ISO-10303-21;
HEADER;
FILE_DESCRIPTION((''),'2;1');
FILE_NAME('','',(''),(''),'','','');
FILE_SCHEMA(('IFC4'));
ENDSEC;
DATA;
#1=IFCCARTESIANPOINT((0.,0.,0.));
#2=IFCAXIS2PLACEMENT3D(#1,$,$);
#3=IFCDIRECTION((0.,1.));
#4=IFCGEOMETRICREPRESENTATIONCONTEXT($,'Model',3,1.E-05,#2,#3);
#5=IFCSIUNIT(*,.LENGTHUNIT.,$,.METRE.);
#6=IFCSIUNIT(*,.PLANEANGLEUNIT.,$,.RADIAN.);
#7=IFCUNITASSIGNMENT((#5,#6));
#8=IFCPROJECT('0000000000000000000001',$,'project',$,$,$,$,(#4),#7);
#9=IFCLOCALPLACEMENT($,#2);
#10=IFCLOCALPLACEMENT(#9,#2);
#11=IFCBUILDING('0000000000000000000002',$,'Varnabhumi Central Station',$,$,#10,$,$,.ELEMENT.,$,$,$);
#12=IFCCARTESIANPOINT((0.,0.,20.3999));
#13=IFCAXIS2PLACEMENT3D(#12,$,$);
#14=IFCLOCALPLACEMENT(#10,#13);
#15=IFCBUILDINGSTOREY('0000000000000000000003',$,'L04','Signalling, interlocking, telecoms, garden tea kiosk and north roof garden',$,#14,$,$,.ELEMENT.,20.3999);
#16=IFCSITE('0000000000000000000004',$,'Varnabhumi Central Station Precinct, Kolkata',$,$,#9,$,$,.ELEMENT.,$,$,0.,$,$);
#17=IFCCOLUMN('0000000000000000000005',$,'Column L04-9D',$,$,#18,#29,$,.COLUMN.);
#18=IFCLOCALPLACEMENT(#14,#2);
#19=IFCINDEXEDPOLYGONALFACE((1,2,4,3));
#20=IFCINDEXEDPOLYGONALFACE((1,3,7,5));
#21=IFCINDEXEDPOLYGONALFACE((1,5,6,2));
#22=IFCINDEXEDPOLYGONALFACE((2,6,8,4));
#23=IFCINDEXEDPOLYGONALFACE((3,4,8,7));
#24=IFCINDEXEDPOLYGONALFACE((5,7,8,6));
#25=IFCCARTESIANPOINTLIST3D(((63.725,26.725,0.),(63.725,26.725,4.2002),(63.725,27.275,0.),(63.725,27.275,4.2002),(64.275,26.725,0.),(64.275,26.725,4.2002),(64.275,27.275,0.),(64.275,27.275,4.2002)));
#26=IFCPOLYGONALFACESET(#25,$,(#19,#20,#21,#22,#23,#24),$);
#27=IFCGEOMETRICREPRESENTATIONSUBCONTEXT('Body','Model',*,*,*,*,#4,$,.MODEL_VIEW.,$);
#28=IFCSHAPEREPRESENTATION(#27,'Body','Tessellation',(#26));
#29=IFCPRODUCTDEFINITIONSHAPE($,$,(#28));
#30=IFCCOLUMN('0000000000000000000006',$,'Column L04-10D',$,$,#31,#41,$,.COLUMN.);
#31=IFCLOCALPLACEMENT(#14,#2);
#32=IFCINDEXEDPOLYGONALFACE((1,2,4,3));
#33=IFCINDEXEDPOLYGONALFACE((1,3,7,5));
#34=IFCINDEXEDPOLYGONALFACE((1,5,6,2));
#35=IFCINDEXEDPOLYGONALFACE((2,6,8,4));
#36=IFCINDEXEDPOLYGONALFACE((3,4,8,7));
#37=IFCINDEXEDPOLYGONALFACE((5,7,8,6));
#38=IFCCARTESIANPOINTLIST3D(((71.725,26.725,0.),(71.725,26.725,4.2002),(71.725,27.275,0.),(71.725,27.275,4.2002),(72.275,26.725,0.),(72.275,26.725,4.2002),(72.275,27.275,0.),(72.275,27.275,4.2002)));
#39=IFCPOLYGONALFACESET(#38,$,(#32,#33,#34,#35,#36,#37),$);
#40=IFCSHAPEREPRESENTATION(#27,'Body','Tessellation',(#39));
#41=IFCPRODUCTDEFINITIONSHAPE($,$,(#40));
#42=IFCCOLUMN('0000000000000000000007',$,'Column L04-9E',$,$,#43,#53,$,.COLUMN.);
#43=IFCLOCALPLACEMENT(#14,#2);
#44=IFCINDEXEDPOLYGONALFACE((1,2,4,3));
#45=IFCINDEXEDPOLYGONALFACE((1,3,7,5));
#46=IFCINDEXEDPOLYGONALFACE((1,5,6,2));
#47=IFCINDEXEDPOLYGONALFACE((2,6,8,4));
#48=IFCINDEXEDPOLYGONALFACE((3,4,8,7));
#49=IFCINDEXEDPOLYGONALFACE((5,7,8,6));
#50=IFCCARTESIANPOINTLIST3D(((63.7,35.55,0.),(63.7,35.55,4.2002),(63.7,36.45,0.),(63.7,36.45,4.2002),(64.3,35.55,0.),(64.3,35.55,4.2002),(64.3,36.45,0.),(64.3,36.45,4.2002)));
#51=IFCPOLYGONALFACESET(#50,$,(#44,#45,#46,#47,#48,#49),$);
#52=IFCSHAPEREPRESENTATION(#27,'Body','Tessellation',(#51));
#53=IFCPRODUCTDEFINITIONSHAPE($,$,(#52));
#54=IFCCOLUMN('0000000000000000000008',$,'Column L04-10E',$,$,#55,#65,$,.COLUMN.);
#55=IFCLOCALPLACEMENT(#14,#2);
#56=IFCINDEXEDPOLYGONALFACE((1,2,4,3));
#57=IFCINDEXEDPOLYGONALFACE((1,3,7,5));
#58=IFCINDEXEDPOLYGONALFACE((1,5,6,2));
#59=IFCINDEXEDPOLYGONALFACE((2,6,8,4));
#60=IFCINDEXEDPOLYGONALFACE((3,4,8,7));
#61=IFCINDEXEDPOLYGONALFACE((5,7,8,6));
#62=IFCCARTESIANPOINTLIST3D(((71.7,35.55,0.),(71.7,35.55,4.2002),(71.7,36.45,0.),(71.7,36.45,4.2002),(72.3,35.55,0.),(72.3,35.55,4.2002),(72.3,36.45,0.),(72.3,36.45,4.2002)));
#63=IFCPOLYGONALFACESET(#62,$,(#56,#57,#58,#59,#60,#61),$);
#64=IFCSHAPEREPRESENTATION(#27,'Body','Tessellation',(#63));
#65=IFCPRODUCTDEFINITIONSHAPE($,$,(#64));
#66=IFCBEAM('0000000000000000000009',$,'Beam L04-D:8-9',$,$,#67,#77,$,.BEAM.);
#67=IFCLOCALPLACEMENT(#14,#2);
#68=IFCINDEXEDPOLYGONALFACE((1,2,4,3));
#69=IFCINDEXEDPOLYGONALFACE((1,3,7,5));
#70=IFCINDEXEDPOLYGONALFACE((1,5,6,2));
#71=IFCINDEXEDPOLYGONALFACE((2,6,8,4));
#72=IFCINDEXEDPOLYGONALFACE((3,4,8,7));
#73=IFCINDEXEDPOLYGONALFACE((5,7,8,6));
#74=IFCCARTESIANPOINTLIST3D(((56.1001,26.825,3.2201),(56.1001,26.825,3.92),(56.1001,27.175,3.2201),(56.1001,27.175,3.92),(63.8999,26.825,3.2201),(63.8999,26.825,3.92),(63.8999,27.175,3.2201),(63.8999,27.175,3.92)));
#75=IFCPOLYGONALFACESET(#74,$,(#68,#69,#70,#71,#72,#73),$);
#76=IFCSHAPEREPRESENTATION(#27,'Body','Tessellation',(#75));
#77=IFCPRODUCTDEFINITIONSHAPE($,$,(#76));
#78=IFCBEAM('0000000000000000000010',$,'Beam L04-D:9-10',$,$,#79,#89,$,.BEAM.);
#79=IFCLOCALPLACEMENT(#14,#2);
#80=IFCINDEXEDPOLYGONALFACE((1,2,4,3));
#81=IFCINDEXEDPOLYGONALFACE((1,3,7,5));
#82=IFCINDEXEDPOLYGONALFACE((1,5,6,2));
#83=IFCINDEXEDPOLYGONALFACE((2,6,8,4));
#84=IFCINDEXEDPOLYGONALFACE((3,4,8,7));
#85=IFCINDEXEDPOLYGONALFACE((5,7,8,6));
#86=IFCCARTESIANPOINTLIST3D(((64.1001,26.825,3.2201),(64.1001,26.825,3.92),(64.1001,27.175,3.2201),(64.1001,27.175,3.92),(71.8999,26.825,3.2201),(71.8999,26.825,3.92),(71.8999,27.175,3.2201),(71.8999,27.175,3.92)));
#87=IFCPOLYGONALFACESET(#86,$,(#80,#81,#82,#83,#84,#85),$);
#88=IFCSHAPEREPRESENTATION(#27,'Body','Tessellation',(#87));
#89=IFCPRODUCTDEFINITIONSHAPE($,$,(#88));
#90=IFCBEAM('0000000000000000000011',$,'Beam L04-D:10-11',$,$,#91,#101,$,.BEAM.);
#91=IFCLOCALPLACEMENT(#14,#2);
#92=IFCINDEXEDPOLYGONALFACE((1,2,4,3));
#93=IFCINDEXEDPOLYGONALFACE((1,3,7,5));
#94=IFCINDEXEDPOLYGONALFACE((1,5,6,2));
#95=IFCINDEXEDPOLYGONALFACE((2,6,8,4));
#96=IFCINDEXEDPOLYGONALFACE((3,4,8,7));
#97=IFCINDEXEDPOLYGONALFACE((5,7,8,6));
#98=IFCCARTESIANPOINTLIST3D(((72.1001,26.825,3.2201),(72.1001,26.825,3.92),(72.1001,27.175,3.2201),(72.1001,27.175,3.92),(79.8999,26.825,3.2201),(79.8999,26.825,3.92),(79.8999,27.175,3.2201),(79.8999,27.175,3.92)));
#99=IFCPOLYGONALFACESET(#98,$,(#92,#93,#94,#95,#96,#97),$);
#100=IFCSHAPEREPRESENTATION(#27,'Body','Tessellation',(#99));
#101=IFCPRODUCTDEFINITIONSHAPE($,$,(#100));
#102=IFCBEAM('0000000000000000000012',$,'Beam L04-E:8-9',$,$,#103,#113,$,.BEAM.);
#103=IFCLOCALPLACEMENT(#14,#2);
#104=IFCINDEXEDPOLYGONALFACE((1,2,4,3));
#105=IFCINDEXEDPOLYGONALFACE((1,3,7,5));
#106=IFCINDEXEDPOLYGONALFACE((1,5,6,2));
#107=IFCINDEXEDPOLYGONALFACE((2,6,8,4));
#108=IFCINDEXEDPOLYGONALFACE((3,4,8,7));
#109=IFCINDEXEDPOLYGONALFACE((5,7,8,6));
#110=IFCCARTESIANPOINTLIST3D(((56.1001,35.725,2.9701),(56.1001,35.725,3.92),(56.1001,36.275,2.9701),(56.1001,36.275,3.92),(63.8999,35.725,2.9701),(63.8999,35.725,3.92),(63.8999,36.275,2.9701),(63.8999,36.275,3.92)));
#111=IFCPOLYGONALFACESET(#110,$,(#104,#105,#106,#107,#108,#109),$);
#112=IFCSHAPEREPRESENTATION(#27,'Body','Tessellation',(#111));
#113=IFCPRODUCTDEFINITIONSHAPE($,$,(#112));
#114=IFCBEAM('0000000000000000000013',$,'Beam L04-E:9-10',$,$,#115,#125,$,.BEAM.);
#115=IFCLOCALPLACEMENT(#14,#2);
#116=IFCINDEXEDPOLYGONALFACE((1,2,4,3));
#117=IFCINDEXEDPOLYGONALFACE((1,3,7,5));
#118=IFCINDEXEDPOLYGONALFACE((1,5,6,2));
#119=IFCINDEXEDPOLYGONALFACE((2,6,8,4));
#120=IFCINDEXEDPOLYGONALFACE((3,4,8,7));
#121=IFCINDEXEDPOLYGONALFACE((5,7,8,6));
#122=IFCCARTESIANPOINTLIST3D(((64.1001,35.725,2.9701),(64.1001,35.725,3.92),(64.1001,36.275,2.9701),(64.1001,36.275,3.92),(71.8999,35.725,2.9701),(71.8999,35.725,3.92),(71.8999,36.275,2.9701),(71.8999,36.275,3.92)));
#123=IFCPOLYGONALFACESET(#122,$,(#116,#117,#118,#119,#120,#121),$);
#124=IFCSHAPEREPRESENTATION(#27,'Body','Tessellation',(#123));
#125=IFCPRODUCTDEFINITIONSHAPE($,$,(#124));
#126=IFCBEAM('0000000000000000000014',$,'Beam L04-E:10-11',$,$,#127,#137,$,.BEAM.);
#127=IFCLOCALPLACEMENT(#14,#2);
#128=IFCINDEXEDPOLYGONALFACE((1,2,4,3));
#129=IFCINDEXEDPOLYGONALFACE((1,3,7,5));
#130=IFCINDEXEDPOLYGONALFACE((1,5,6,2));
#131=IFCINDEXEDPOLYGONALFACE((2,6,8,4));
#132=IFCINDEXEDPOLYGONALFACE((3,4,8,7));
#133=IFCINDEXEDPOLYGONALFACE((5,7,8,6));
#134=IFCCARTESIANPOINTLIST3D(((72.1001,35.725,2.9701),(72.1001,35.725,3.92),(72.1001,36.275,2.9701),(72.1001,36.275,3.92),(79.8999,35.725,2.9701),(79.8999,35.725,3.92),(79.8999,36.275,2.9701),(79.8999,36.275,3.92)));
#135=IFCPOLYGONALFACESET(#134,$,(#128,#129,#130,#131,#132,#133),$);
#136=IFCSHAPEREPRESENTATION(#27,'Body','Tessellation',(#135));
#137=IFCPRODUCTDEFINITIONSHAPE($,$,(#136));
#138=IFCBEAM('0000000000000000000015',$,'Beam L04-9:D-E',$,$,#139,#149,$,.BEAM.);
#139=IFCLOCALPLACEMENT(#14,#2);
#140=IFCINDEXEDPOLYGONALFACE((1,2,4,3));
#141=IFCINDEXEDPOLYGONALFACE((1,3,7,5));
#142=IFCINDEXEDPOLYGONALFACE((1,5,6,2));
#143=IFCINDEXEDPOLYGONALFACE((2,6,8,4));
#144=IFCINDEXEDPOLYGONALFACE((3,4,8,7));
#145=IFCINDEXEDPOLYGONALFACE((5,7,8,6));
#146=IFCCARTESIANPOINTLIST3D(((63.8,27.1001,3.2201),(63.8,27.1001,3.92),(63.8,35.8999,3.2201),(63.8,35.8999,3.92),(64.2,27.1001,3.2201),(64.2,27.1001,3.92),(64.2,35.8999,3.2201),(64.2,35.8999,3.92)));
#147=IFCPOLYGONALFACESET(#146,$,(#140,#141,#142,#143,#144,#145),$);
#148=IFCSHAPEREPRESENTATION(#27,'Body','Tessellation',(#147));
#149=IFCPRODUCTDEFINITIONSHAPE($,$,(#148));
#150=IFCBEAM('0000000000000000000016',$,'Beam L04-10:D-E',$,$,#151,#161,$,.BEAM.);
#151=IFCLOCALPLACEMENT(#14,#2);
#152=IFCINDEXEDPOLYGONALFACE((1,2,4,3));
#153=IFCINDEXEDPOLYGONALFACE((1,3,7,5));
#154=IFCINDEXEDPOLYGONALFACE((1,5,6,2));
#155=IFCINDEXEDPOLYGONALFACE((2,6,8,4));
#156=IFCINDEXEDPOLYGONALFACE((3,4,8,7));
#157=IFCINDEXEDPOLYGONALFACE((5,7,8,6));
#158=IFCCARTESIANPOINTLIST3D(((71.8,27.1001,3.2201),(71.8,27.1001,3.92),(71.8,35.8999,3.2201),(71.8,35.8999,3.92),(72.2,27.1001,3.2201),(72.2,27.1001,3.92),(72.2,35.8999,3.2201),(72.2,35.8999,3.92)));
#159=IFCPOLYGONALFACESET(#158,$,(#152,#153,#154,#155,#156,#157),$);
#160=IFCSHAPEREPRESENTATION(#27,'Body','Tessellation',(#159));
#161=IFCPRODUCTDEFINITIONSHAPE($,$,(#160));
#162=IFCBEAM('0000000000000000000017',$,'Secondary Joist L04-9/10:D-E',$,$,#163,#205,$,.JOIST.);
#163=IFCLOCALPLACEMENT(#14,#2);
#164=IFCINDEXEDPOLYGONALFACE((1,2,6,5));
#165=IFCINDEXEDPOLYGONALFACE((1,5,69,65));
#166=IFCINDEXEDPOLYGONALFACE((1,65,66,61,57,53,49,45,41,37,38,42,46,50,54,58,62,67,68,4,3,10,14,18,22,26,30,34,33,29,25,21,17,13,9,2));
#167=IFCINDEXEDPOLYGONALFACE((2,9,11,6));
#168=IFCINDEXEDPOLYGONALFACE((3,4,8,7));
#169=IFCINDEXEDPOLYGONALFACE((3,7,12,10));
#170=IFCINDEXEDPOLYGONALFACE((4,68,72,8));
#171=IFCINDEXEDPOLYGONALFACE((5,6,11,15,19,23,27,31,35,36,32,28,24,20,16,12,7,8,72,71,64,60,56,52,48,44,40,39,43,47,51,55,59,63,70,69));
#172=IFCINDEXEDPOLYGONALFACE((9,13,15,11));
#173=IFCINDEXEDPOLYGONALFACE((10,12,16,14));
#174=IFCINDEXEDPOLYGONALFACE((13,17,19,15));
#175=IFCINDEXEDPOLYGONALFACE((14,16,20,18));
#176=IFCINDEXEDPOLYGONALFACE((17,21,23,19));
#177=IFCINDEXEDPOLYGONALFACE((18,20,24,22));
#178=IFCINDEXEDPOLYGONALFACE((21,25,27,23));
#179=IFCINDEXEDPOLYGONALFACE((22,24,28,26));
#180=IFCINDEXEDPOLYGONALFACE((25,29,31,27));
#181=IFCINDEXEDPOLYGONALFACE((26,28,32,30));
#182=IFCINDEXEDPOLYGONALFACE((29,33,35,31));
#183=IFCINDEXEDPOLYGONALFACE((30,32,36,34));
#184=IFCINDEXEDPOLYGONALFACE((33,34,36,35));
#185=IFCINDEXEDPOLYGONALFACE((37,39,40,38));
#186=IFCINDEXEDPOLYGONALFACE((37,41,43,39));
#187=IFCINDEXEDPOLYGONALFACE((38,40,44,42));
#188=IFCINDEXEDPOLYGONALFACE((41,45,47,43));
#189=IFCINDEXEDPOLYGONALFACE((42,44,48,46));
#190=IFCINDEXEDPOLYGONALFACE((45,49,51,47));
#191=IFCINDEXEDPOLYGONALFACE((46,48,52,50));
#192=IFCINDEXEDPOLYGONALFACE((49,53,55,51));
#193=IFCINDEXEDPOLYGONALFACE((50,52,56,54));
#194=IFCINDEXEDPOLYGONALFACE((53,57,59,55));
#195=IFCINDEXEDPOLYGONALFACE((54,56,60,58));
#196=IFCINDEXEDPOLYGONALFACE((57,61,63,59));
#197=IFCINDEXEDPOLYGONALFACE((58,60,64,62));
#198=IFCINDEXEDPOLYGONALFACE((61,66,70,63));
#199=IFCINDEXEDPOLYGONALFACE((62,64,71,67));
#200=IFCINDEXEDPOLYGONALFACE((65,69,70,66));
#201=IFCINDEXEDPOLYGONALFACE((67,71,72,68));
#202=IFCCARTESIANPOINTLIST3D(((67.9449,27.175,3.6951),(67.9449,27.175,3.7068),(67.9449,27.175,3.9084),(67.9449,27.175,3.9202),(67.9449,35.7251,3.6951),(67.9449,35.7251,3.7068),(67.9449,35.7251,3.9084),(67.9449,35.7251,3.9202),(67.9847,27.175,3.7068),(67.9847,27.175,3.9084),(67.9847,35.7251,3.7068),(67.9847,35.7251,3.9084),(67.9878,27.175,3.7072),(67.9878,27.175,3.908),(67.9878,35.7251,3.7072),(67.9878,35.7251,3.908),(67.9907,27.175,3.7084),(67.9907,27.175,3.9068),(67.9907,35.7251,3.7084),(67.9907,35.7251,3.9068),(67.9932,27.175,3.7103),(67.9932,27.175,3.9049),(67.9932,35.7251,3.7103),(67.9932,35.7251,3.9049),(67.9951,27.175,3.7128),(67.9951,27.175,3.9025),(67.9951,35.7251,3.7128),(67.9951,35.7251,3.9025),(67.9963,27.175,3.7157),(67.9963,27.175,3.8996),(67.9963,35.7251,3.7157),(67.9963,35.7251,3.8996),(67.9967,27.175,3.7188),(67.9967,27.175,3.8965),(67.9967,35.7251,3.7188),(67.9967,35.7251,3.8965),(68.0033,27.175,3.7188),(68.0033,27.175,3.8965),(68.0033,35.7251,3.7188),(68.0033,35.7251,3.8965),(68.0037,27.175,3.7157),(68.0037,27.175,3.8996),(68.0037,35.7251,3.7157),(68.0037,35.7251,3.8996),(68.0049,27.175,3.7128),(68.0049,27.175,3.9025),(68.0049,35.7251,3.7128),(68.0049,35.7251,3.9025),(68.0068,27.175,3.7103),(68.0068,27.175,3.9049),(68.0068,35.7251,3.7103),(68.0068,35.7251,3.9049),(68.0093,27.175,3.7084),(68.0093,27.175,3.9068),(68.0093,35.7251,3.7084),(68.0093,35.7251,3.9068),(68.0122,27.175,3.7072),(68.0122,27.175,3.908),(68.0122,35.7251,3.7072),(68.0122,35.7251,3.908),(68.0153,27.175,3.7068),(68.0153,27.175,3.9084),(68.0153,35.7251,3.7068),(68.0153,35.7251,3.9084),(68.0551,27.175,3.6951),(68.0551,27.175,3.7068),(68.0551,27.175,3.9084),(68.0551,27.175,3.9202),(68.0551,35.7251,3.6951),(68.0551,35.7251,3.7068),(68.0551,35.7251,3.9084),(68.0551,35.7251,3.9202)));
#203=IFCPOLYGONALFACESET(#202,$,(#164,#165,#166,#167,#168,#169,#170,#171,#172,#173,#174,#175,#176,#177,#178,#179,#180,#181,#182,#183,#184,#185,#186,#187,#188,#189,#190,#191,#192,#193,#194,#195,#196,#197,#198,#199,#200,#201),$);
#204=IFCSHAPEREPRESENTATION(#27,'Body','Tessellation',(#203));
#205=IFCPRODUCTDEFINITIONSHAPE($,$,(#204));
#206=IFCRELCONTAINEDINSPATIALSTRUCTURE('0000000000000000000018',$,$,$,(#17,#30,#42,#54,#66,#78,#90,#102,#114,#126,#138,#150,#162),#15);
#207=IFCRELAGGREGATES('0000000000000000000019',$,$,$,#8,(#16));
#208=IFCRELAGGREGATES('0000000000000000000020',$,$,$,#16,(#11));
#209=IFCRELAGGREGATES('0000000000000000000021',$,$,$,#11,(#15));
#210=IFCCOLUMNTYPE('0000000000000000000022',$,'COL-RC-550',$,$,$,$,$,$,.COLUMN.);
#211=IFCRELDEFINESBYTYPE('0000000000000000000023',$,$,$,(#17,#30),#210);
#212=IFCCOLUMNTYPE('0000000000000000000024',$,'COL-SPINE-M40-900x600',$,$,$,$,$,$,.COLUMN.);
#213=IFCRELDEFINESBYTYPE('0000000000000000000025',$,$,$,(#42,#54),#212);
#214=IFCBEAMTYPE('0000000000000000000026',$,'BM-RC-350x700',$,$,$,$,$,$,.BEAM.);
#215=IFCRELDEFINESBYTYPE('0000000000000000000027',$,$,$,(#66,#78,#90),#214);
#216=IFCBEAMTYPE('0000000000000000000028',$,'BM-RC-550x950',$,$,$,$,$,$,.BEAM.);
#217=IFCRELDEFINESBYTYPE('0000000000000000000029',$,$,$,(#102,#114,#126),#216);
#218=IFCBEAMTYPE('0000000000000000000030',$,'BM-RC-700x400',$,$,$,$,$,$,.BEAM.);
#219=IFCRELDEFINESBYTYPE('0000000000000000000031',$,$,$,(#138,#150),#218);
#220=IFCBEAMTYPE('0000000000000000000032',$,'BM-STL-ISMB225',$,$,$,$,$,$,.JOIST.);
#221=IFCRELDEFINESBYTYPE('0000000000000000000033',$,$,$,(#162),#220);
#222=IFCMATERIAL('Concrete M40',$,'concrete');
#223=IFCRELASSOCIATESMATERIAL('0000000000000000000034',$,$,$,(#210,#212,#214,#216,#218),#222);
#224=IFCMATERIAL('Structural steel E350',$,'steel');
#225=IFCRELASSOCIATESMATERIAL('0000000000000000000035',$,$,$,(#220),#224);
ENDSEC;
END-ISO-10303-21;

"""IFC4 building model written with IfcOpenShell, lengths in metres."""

from ifc_helpers import new_model, si_unit, direction, frame, origin, origin_2d, place, context, subcontext, project, spatial, rectangle, i_section, extrude, material, material_profile, profile_set, type_object, element, save


model = new_model("IFC4")

# Units and contexts
model_context = context("Model", 3, precision=1e-05, world=origin(), true_north=direction((0.0, 1.0)))
body_context = subcontext(model_context, "Body", "Model", "MODEL_VIEW")
ifc_project = project(units=[si_unit("LENGTHUNIT", "METRE"), si_unit("PLANEANGLEUNIT", "RADIAN")], contexts=[model_context])

# Site, building, storey
site_placement = place(None, origin())
site = spatial("IfcSite", under=ifc_project, at=site_placement, Name="Varnabhumi Central Station Precinct, Kolkata", CompositionType="ELEMENT", RefElevation=0.0)
building_placement = place(site_placement, origin())
building = spatial("IfcBuilding", under=site, at=building_placement, Name="Varnabhumi Central Station", CompositionType="ELEMENT")
storey_placement = place(building_placement, frame((0.0, 0.0, 20.3999)))
storey = spatial("IfcBuildingStorey", under=building, at=storey_placement, Name="L04", Description="Signalling, interlocking, telecoms, garden tea kiosk and north roof garden", CompositionType="ELEMENT", Elevation=20.3999)

# Columns
ifc_material_1 = material(Name="Concrete M40", Category="concrete")
ifc_material_profile_1 = material_profile(ifc_material_1, rectangle(XDim=0.55, YDim=0.55, at=origin_2d()), Name="Concrete M40", Category="concrete")
ifc_profile_set_1 = profile_set([ifc_material_profile_1], Name="Concrete M40")
column_type_1 = type_object("IfcColumnType", Name="COL-RC-550", PredefinedType="COLUMN", material=ifc_profile_set_1)
for number, where, z_axis, x_axis, name in (
    (1, (64.0, 27.0, 0.0), (0.0, 0.0, 1.0), (1.0, 0.0, 0.0), "Column L04-9D"),
    (2, (72.0, 27.0, 0.0), (0.0, 0.0, 1.0), (1.0, 0.0, 0.0), "Column L04-10D"),
):
    element("IfcColumn", number, at=place(storey_placement, frame(where, z_axis=z_axis, x_axis=x_axis)), inside=storey, type_object=column_type_1, Name=name, PredefinedType="COLUMN", context=body_context, shape_type="SweptSolid", body=[
        extrude(rectangle(XDim=0.55, YDim=0.55, at=origin_2d()), origin(), (0.0, 0.0, 1.0), 4.2002),
    ])
ifc_material_profile_2 = material_profile(ifc_material_1, rectangle(XDim=0.6001, YDim=0.8999, at=origin_2d()), Name="Concrete M40", Category="concrete")
ifc_profile_set_2 = profile_set([ifc_material_profile_2], Name="Concrete M40")
column_type_2 = type_object("IfcColumnType", Name="COL-SPINE-M40-900x600", PredefinedType="COLUMN", material=ifc_profile_set_2)
for number, where, z_axis, x_axis, name in (
    (3, (64.0, 36.0, 0.0), (0.0, 0.0, 1.0), (1.0, 0.0, 0.0), "Column L04-9E"),
    (4, (72.0, 36.0, 0.0), (0.0, 0.0, 1.0), (1.0, 0.0, 0.0), "Column L04-10E"),
):
    element("IfcColumn", number, at=place(storey_placement, frame(where, z_axis=z_axis, x_axis=x_axis)), inside=storey, type_object=column_type_2, Name=name, PredefinedType="COLUMN", context=body_context, shape_type="SweptSolid", body=[
        extrude(rectangle(XDim=0.6001, YDim=0.8999, at=origin_2d()), origin(), (0.0, 0.0, 1.0), 4.2002),
    ])

# Beams
ifc_material_profile_3 = material_profile(ifc_material_1, rectangle(XDim=0.3501, YDim=0.7, at=origin_2d()), Name="Concrete M40", Category="concrete")
ifc_profile_set_3 = profile_set([ifc_material_profile_3], Name="Concrete M40")
beam_type_1 = type_object("IfcBeamType", Name="BM-RC-350x700", PredefinedType="BEAM", material=ifc_profile_set_3)
for number, where, z_axis, x_axis, name in (
    (5, (56.1001, 27.0, 3.5701), (1.0, 0.0, 0.0), (0.0, 1.0, 0.0), "Beam L04-D:8-9"),
    (6, (64.1001, 27.0, 3.5701), (1.0, 0.0, 0.0), (0.0, 1.0, 0.0), "Beam L04-D:9-10"),
    (7, (72.1001, 27.0, 3.5701), (1.0, 0.0, 0.0), (0.0, 1.0, 0.0), "Beam L04-D:10-11"),
):
    element("IfcBeam", number, at=place(storey_placement, frame(where, z_axis=z_axis, x_axis=x_axis)), inside=storey, type_object=beam_type_1, Name=name, PredefinedType="BEAM", context=body_context, shape_type="SweptSolid", body=[
        extrude(rectangle(XDim=0.3501, YDim=0.7, at=origin_2d()), origin(), (0.0, 0.0, 1.0), 7.7998),
    ])
ifc_material_profile_4 = material_profile(ifc_material_1, rectangle(XDim=0.55, YDim=0.95, at=origin_2d()), Name="Concrete M40", Category="concrete")
ifc_profile_set_4 = profile_set([ifc_material_profile_4], Name="Concrete M40")
beam_type_2 = type_object("IfcBeamType", Name="BM-RC-550x950", PredefinedType="BEAM", material=ifc_profile_set_4)
for number, where, z_axis, x_axis, name in (
    (8, (56.1001, 36.0, 3.4451), (1.0, 0.0, 0.0), (0.0, 1.0, 0.0), "Beam L04-E:8-9"),
    (9, (64.1001, 36.0, 3.4451), (1.0, 0.0, 0.0), (0.0, 1.0, 0.0), "Beam L04-E:9-10"),
    (10, (72.1001, 36.0, 3.4451), (1.0, 0.0, 0.0), (0.0, 1.0, 0.0), "Beam L04-E:10-11"),
):
    element("IfcBeam", number, at=place(storey_placement, frame(where, z_axis=z_axis, x_axis=x_axis)), inside=storey, type_object=beam_type_2, Name=name, PredefinedType="BEAM", context=body_context, shape_type="SweptSolid", body=[
        extrude(rectangle(XDim=0.55, YDim=0.95, at=origin_2d()), origin(), (0.0, 0.0, 1.0), 7.7998),
    ])
ifc_material_profile_5 = material_profile(ifc_material_1, rectangle(XDim=0.3999, YDim=0.7, at=origin_2d()), Name="Concrete M40", Category="concrete")
ifc_profile_set_5 = profile_set([ifc_material_profile_5], Name="Concrete M40")
beam_type_3 = type_object("IfcBeamType", Name="BM-RC-700x400", PredefinedType="BEAM", material=ifc_profile_set_5)
for number, where, z_axis, x_axis, name in (
    (11, (64.0, 27.1001, 3.5701), (0.0, 1.0, 0.0), (-1.0, 0.0, 0.0), "Beam L04-9:D-E"),
    (12, (72.0, 27.1001, 3.5701), (0.0, 1.0, 0.0), (-1.0, 0.0, 0.0), "Beam L04-10:D-E"),
):
    element("IfcBeam", number, at=place(storey_placement, frame(where, z_axis=z_axis, x_axis=x_axis)), inside=storey, type_object=beam_type_3, Name=name, PredefinedType="BEAM", context=body_context, shape_type="SweptSolid", body=[
        extrude(rectangle(XDim=0.3999, YDim=0.7, at=origin_2d()), origin(), (0.0, 0.0, 1.0), 8.7998),
    ])
ifc_material_2 = material(Name="Structural steel E350", Category="steel")
ifc_material_profile_6 = material_profile(ifc_material_2, i_section(OverallWidth=0.1101, OverallDepth=0.2251, WebThickness=0.0066, FlangeThickness=0.0117, FilletRadius=0.012, at=origin_2d()), Name="Structural steel E350", Category="steel")
ifc_profile_set_6 = profile_set([ifc_material_profile_6], Name="Structural steel E350")
beam_type_4 = type_object("IfcBeamType", Name="BM-STL-ISMB225", PredefinedType="JOIST", material=ifc_profile_set_6)
beam_1_placement = place(storey_placement, frame((68.0, 27.175, 3.8076), z_axis=(0.0, 1.0, 0.0), x_axis=(-1.0, 0.0, 0.0)))
element("IfcBeam", 13, at=beam_1_placement, inside=storey, type_object=beam_type_4, Name="Secondary Joist L04-9/10:D-E", PredefinedType="JOIST", context=body_context, shape_type="SweptSolid", body=[
    extrude(i_section(OverallWidth=0.1101, OverallDepth=0.2251, WebThickness=0.0066, FlangeThickness=0.0117, FilletRadius=0.012, at=origin_2d()), origin(), (0.0, 0.0, 1.0), 8.55),
])

save(model, "model.ifc")
